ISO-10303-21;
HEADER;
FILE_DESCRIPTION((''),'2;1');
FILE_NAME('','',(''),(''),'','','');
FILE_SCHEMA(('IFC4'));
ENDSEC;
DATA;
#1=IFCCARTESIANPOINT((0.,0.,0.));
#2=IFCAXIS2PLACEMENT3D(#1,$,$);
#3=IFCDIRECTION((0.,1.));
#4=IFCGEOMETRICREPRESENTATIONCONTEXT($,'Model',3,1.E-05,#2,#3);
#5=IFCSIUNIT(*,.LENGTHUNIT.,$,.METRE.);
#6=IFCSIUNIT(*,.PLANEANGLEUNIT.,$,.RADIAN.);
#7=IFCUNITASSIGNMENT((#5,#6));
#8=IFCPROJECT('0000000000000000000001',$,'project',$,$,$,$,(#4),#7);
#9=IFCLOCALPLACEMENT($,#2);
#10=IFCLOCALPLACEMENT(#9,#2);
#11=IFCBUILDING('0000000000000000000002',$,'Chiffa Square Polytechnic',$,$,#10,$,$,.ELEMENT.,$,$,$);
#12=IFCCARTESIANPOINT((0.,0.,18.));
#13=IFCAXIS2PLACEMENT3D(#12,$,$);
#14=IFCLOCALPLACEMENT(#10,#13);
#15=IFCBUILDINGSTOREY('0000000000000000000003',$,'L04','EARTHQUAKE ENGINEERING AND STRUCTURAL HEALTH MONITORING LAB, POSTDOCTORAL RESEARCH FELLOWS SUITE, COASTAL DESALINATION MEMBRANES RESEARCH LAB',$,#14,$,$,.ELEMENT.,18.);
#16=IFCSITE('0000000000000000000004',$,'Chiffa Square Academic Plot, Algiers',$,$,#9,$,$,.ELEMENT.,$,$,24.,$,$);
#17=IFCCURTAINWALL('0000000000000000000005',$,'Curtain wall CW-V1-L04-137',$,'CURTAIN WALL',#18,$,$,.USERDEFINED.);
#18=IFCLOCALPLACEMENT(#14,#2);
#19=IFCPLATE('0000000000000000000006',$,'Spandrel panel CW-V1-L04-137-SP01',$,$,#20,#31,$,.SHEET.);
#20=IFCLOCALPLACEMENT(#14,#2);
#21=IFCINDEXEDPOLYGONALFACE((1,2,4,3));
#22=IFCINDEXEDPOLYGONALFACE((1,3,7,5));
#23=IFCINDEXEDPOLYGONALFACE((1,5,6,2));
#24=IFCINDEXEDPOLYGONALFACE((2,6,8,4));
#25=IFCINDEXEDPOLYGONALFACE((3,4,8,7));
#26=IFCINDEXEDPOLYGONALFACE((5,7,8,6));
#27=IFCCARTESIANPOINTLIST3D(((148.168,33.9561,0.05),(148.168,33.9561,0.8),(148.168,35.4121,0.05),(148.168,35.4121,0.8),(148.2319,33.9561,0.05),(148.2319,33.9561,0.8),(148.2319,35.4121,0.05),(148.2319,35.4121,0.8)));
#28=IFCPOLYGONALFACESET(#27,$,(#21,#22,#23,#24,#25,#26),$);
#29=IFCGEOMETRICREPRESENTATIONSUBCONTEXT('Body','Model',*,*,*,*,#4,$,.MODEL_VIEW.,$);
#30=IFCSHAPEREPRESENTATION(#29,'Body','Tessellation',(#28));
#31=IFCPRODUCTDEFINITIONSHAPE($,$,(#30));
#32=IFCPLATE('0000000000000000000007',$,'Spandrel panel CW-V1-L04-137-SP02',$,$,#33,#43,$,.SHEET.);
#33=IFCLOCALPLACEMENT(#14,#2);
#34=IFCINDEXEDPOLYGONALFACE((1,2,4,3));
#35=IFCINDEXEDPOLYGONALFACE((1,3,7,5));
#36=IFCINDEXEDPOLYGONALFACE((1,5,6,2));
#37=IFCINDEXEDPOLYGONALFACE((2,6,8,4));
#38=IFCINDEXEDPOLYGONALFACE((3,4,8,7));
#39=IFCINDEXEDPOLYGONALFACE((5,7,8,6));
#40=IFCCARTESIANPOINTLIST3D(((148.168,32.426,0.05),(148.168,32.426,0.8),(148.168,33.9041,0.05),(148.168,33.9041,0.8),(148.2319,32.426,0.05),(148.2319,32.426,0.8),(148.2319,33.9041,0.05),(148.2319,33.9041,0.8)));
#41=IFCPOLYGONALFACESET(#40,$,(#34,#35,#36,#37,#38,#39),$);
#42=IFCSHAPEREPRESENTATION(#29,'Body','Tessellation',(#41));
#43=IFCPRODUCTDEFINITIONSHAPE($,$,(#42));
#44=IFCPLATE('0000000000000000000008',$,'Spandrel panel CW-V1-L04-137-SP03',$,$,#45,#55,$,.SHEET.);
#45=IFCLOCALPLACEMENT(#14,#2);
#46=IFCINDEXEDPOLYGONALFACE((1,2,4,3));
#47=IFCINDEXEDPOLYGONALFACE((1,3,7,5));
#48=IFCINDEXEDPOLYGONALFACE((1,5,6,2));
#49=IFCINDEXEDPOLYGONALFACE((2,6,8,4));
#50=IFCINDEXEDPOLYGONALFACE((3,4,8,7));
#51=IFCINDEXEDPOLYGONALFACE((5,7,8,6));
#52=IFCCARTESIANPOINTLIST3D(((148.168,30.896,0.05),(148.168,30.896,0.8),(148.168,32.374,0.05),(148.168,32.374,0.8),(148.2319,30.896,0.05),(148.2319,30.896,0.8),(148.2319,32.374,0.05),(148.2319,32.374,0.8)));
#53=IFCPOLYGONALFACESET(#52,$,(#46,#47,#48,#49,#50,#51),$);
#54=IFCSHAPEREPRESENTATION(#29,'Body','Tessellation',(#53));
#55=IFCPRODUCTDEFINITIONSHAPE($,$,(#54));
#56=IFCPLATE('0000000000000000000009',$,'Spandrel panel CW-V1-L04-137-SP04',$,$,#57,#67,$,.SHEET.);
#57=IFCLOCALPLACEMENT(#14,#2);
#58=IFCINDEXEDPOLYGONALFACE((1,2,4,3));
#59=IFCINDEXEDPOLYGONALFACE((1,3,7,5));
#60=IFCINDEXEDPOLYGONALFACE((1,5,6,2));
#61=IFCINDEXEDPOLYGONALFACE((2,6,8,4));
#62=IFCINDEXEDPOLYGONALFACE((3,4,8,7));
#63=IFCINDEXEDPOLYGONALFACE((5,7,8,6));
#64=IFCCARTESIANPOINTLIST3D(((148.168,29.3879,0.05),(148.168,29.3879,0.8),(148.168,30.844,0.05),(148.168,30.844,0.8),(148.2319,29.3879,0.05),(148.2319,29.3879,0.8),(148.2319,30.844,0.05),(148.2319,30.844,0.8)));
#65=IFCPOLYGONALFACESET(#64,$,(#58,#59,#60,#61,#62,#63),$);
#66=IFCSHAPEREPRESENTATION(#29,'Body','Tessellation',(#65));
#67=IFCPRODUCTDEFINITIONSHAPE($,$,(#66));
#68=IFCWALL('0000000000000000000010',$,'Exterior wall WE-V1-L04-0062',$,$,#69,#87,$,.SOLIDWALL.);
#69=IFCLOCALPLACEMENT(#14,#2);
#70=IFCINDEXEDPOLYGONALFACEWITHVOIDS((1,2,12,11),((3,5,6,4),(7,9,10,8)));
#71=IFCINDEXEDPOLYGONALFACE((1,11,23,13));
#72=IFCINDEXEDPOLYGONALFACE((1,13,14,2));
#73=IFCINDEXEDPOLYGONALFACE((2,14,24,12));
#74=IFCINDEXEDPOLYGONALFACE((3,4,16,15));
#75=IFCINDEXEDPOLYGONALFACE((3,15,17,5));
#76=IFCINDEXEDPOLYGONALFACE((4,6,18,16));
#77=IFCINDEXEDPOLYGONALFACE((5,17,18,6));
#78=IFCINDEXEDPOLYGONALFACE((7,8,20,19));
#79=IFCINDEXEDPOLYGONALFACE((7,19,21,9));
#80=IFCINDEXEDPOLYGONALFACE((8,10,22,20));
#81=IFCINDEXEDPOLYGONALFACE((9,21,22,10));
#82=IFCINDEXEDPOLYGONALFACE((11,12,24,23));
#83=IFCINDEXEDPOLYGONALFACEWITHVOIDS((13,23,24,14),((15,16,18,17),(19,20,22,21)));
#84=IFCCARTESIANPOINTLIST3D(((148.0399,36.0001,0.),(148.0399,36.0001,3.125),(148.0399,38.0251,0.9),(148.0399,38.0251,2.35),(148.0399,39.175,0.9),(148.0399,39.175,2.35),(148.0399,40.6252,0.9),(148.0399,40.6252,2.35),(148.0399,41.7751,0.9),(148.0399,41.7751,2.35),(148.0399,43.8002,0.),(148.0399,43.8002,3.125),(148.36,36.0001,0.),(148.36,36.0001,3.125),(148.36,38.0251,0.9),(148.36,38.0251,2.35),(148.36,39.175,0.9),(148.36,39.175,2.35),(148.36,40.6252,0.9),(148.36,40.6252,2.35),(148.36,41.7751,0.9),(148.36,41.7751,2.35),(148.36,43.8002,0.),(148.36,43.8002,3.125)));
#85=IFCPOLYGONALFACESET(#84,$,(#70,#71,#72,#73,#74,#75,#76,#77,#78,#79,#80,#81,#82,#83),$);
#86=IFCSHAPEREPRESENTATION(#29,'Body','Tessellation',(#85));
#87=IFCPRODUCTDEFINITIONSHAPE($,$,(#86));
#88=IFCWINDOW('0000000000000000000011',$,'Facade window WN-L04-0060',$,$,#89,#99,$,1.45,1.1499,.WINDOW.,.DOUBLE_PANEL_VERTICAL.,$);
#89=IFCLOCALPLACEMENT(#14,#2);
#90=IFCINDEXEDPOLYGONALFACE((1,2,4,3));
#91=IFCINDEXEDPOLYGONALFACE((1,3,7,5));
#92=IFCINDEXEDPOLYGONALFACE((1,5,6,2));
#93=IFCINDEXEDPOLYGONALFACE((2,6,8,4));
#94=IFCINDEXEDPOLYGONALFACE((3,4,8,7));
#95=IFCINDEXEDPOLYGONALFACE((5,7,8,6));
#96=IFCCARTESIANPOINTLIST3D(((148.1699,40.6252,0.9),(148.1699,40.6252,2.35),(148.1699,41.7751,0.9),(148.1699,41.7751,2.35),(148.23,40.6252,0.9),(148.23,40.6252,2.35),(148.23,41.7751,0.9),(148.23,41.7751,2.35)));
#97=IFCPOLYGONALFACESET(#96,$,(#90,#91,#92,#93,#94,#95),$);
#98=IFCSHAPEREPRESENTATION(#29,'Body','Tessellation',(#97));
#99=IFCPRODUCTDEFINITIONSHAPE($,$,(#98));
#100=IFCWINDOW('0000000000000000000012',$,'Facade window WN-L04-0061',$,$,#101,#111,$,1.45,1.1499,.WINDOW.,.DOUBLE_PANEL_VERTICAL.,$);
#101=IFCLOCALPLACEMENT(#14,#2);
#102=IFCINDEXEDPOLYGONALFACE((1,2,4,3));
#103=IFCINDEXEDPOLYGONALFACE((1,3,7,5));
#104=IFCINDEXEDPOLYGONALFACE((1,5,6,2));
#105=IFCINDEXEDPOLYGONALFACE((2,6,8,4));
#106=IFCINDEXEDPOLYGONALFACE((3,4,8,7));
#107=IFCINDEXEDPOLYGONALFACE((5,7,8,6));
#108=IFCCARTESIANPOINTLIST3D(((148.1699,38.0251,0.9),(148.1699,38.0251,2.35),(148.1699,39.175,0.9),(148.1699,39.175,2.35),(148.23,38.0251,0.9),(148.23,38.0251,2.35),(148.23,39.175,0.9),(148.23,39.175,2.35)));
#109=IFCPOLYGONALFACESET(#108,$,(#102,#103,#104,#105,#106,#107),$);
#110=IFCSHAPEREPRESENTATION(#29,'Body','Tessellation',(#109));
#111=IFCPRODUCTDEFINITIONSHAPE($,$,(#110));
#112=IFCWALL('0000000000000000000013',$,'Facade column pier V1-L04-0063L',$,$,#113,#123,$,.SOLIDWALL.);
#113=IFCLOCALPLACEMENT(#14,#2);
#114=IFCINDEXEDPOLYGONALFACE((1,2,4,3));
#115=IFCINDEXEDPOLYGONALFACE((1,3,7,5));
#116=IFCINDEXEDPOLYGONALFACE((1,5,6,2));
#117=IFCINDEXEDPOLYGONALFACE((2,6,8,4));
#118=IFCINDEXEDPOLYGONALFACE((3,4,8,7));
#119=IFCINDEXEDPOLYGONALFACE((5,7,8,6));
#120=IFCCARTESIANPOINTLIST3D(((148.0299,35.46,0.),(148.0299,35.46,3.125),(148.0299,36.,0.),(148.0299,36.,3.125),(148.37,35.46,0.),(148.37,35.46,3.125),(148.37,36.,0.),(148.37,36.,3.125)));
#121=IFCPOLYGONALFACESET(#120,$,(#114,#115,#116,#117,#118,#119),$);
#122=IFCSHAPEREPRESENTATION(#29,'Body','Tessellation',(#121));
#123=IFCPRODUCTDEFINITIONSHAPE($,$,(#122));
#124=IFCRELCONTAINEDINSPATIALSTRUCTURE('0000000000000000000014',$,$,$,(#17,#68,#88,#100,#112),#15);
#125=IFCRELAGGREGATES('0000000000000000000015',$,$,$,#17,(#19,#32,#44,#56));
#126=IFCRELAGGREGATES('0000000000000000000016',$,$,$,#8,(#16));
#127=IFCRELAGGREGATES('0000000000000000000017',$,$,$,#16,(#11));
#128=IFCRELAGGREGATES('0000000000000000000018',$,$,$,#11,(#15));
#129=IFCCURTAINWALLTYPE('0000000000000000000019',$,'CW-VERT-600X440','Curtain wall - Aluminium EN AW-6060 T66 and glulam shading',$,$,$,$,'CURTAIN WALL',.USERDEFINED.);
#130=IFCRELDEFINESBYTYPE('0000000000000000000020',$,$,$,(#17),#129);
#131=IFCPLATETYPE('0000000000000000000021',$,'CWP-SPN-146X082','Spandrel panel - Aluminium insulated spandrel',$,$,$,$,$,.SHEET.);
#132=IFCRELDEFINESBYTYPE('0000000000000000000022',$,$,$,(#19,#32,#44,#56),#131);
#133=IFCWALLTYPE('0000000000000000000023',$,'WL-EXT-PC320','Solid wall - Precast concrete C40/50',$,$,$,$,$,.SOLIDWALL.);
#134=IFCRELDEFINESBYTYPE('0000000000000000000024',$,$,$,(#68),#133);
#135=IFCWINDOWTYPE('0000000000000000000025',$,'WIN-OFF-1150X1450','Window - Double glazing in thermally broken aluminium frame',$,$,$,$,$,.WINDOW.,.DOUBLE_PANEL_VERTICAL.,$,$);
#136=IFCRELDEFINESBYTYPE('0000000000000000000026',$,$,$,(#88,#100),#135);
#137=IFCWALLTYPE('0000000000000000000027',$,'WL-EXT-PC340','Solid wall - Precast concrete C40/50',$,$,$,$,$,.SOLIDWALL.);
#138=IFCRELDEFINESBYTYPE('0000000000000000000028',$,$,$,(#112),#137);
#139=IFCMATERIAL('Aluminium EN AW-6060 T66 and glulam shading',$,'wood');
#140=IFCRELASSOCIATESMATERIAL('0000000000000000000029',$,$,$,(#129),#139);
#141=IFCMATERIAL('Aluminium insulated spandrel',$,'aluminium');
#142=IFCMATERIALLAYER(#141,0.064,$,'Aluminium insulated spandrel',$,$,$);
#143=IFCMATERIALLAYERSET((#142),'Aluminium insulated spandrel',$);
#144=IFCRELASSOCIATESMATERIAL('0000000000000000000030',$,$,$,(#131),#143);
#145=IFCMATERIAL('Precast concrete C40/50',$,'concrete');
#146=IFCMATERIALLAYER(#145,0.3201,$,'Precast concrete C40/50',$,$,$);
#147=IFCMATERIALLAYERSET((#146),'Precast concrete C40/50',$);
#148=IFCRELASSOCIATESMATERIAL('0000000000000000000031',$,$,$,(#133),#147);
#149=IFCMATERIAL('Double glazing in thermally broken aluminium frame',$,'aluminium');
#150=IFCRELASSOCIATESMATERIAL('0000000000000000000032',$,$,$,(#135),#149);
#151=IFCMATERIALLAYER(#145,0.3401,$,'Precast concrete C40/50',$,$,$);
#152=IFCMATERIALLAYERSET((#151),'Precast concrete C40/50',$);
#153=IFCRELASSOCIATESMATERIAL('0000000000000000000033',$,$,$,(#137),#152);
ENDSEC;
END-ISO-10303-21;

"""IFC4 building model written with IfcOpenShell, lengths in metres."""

from ifc_helpers import new_model, si_unit, direction, frame, frame_2d, origin, origin_2d, place, context, subcontext, project, spatial, rectangle, extrude, material, layer, layer_set, type_object, element, fill, aggregate, save


model = new_model("IFC4")

# Units and contexts
model_context = context("Model", 3, precision=1e-05, world=origin(), true_north=direction((0.0, 1.0)))
body_context = subcontext(model_context, "Body", "Model", "MODEL_VIEW")
ifc_project = project(units=[si_unit("LENGTHUNIT", "METRE"), si_unit("PLANEANGLEUNIT", "RADIAN")], contexts=[model_context])

# Site, building, storey
site_placement = place(None, origin())
site = spatial("IfcSite", under=ifc_project, at=site_placement, Name="Chiffa Square Academic Plot, Algiers", CompositionType="ELEMENT", RefElevation=24.0)
building_placement = place(site_placement, origin())
building = spatial("IfcBuilding", under=site, at=building_placement, Name="Chiffa Square Polytechnic", CompositionType="ELEMENT")
storey_placement = place(building_placement, frame((0.0, 0.0, 18.0)))
storey = spatial("IfcBuildingStorey", under=building, at=storey_placement, Name="L04", Description="EARTHQUAKE ENGINEERING AND STRUCTURAL HEALTH MONITORING LAB, POSTDOCTORAL RESEARCH FELLOWS SUITE, COASTAL DESALINATION MEMBRANES RESEARCH LAB", CompositionType="ELEMENT", Elevation=18.0)

# Curtain wall
ifc_material_1 = material(Name="Aluminium EN AW-6060 T66 and glulam shading", Category="wood")
curtain_wall_type = type_object("IfcCurtainWallType", Name="CW-VERT-600X440", Description="Curtain wall - Aluminium EN AW-6060 T66 and glulam shading", ElementType="CURTAIN WALL", PredefinedType="USERDEFINED", material=ifc_material_1)
curtain_wall_placement = place(storey_placement, origin())
curtain_wall = element("IfcCurtainWall", 1, at=curtain_wall_placement, inside=storey, type_object=curtain_wall_type, Name="Curtain wall CW-V1-L04-137", ObjectType="CURTAIN WALL", PredefinedType="USERDEFINED")

# Plates
ifc_material_2 = material(Name="Aluminium insulated spandrel", Category="aluminium")
ifc_layer_1 = layer(ifc_material_2, 0.064, Name="Aluminium insulated spandrel")
ifc_layer_set_1 = layer_set([ifc_layer_1], Name="Aluminium insulated spandrel")
plate_type_1 = type_object("IfcPlateType", Name="CWP-SPN-146X082", Description="Spandrel panel - Aluminium insulated spandrel", PredefinedType="SHEET", material=ifc_layer_set_1)
plate_1_placement = place(storey_placement, frame((148.2, 34.6841, 0.05), z_axis=(0.0, 0.0, 1.0), x_axis=(0.0, -1.0, 0.0)))
plate_1 = element("IfcPlate", 2, at=plate_1_placement, type_object=plate_type_1, Name="Spandrel panel CW-V1-L04-137-SP01", PredefinedType="SHEET", context=body_context, shape_type="SweptSolid", body=[
    extrude(rectangle(XDim=1.4561, YDim=0.064, at=origin_2d()), origin(), (0.0, 0.0, 1.0), 0.75),
])
plate_2_placement = place(storey_placement, frame((148.2, 33.165, 0.05), z_axis=(0.0, 0.0, 1.0), x_axis=(0.0, -1.0, 0.0)))
plate_2 = element("IfcPlate", 3, at=plate_2_placement, type_object=plate_type_1, Name="Spandrel panel CW-V1-L04-137-SP02", PredefinedType="SHEET", context=body_context, shape_type="SweptSolid", body=[
    extrude(rectangle(XDim=1.478, YDim=0.064, at=origin_2d()), origin(), (0.0, 0.0, 1.0), 0.75),
])
plate_3_placement = place(storey_placement, frame((148.2, 31.635, 0.05), z_axis=(0.0, 0.0, 1.0), x_axis=(0.0, -1.0, 0.0)))
plate_3 = element("IfcPlate", 4, at=plate_3_placement, type_object=plate_type_1, Name="Spandrel panel CW-V1-L04-137-SP03", PredefinedType="SHEET", context=body_context, shape_type="SweptSolid", body=[
    extrude(rectangle(XDim=1.478, YDim=0.064, at=origin_2d()), origin(), (0.0, 0.0, 1.0), 0.75),
])
plate_4_placement = place(storey_placement, frame((148.2, 30.116, 0.05), z_axis=(0.0, 0.0, 1.0), x_axis=(0.0, -1.0, 0.0)))
plate_4 = element("IfcPlate", 5, at=plate_4_placement, type_object=plate_type_1, Name="Spandrel panel CW-V1-L04-137-SP04", PredefinedType="SHEET", context=body_context, shape_type="SweptSolid", body=[
    extrude(rectangle(XDim=1.4561, YDim=0.064, at=origin_2d()), origin(), (0.0, 0.0, 1.0), 0.75),
])
aggregate(curtain_wall, [plate_1, plate_2, plate_3, plate_4])

# Wall, openings, windows
ifc_material_3 = material(Name="Precast concrete C40/50", Category="concrete")
ifc_layer_2 = layer(ifc_material_3, 0.3201, Name="Precast concrete C40/50")
ifc_layer_set_2 = layer_set([ifc_layer_2], Name="Precast concrete C40/50")
wall_type_1 = type_object("IfcWallType", Name="WL-EXT-PC320", Description="Solid wall - Precast concrete C40/50", PredefinedType="SOLIDWALL", material=ifc_layer_set_2)
wall_1_placement = place(storey_placement, frame((148.2, 43.8, 0.0), z_axis=(0.0, 0.0, 1.0), x_axis=(0.0, -1.0, 0.0)))
wall_1 = element("IfcWall", 6, at=wall_1_placement, inside=storey, type_object=wall_type_1, Name="Exterior wall WE-V1-L04-0062", PredefinedType="SOLIDWALL", context=body_context, shape_type="SweptSolid", body=[
    extrude(rectangle(XDim=7.8, YDim=0.3201, at=frame_2d((3.8999, 0.0))), origin(), (0.0, 0.0, 1.0), 3.125),
])
opening_1_placement = place(wall_1_placement, frame((2.0249, 0.0, 0.8999)))
opening_1 = element("IfcOpeningElement", 7, at=opening_1_placement, cuts=wall_1, PredefinedType="OPENING", context=body_context, shape_type="SweptSolid", body=[
    extrude(rectangle(XDim=1.1499, YDim=1.45, at=frame_2d((0.575, 0.7251))), frame((0.0, 0.1699, 0.0), z_axis=(0.0, -1.0, 0.0), x_axis=(1.0, 0.0, 0.0)), (0.0, 0.0, 1.0), 0.3401),
])
opening_2_placement = place(wall_1_placement, frame((4.625, 0.0, 0.8999)))
opening_2 = element("IfcOpeningElement", 8, at=opening_2_placement, cuts=wall_1, PredefinedType="OPENING", context=body_context, shape_type="SweptSolid", body=[
    extrude(rectangle(XDim=1.1499, YDim=1.45, at=frame_2d((0.575, 0.7251))), frame((0.0, 0.1699, 0.0), z_axis=(0.0, -1.0, 0.0), x_axis=(1.0, 0.0, 0.0)), (0.0, 0.0, 1.0), 0.3401),
])
ifc_material_4 = material(Name="Double glazing in thermally broken aluminium frame", Category="aluminium")
window_type = type_object("IfcWindowType", Name="WIN-OFF-1150X1450", Description="Window - Double glazing in thermally broken aluminium frame", PartitioningType="DOUBLE_PANEL_VERTICAL", PredefinedType="WINDOW", material=ifc_material_4)
window_1_placement = place(opening_1_placement, origin())
window_1 = element("IfcWindow", 9, at=window_1_placement, inside=storey, type_object=window_type, Name="Facade window WN-L04-0060", OverallHeight=1.45, OverallWidth=1.1499, PartitioningType="DOUBLE_PANEL_VERTICAL", PredefinedType="WINDOW", context=body_context, shape_type="SweptSolid", body=[
    extrude(rectangle(XDim=1.1499, YDim=1.45, at=frame_2d((0.575, 0.7251))), frame((0.0, 0.03, 0.0), z_axis=(0.0, -1.0, 0.0), x_axis=(1.0, 0.0, 0.0)), (0.0, 0.0, 1.0), 0.0601),
])
fill(opening_1, window_1)
window_2_placement = place(opening_2_placement, origin())
window_2 = element("IfcWindow", 10, at=window_2_placement, inside=storey, type_object=window_type, Name="Facade window WN-L04-0061", OverallHeight=1.45, OverallWidth=1.1499, PartitioningType="DOUBLE_PANEL_VERTICAL", PredefinedType="WINDOW", context=body_context, shape_type="SweptSolid", body=[
    extrude(rectangle(XDim=1.1499, YDim=1.45, at=frame_2d((0.575, 0.7251))), frame((0.0, 0.03, 0.0), z_axis=(0.0, -1.0, 0.0), x_axis=(1.0, 0.0, 0.0)), (0.0, 0.0, 1.0), 0.0601),
])
fill(opening_2, window_2)

# Wall
ifc_layer_3 = layer(ifc_material_3, 0.3401, Name="Precast concrete C40/50")
ifc_layer_set_3 = layer_set([ifc_layer_3], Name="Precast concrete C40/50")
wall_type_2 = type_object("IfcWallType", Name="WL-EXT-PC340", Description="Solid wall - Precast concrete C40/50", PredefinedType="SOLIDWALL", material=ifc_layer_set_3)
wall_2_placement = place(storey_placement, frame((148.2, 36.0, 0.0), z_axis=(0.0, 0.0, 1.0), x_axis=(0.0, -1.0, 0.0)))
element("IfcWall", 11, at=wall_2_placement, inside=storey, type_object=wall_type_2, Name="Facade column pier V1-L04-0063L", PredefinedType="SOLIDWALL", context=body_context, shape_type="SweptSolid", body=[
    extrude(rectangle(XDim=0.54, YDim=0.3401, at=frame_2d((0.27, 0.0))), origin(), (0.0, 0.0, 1.0), 3.125),
])

save(model, "model.ifc")
